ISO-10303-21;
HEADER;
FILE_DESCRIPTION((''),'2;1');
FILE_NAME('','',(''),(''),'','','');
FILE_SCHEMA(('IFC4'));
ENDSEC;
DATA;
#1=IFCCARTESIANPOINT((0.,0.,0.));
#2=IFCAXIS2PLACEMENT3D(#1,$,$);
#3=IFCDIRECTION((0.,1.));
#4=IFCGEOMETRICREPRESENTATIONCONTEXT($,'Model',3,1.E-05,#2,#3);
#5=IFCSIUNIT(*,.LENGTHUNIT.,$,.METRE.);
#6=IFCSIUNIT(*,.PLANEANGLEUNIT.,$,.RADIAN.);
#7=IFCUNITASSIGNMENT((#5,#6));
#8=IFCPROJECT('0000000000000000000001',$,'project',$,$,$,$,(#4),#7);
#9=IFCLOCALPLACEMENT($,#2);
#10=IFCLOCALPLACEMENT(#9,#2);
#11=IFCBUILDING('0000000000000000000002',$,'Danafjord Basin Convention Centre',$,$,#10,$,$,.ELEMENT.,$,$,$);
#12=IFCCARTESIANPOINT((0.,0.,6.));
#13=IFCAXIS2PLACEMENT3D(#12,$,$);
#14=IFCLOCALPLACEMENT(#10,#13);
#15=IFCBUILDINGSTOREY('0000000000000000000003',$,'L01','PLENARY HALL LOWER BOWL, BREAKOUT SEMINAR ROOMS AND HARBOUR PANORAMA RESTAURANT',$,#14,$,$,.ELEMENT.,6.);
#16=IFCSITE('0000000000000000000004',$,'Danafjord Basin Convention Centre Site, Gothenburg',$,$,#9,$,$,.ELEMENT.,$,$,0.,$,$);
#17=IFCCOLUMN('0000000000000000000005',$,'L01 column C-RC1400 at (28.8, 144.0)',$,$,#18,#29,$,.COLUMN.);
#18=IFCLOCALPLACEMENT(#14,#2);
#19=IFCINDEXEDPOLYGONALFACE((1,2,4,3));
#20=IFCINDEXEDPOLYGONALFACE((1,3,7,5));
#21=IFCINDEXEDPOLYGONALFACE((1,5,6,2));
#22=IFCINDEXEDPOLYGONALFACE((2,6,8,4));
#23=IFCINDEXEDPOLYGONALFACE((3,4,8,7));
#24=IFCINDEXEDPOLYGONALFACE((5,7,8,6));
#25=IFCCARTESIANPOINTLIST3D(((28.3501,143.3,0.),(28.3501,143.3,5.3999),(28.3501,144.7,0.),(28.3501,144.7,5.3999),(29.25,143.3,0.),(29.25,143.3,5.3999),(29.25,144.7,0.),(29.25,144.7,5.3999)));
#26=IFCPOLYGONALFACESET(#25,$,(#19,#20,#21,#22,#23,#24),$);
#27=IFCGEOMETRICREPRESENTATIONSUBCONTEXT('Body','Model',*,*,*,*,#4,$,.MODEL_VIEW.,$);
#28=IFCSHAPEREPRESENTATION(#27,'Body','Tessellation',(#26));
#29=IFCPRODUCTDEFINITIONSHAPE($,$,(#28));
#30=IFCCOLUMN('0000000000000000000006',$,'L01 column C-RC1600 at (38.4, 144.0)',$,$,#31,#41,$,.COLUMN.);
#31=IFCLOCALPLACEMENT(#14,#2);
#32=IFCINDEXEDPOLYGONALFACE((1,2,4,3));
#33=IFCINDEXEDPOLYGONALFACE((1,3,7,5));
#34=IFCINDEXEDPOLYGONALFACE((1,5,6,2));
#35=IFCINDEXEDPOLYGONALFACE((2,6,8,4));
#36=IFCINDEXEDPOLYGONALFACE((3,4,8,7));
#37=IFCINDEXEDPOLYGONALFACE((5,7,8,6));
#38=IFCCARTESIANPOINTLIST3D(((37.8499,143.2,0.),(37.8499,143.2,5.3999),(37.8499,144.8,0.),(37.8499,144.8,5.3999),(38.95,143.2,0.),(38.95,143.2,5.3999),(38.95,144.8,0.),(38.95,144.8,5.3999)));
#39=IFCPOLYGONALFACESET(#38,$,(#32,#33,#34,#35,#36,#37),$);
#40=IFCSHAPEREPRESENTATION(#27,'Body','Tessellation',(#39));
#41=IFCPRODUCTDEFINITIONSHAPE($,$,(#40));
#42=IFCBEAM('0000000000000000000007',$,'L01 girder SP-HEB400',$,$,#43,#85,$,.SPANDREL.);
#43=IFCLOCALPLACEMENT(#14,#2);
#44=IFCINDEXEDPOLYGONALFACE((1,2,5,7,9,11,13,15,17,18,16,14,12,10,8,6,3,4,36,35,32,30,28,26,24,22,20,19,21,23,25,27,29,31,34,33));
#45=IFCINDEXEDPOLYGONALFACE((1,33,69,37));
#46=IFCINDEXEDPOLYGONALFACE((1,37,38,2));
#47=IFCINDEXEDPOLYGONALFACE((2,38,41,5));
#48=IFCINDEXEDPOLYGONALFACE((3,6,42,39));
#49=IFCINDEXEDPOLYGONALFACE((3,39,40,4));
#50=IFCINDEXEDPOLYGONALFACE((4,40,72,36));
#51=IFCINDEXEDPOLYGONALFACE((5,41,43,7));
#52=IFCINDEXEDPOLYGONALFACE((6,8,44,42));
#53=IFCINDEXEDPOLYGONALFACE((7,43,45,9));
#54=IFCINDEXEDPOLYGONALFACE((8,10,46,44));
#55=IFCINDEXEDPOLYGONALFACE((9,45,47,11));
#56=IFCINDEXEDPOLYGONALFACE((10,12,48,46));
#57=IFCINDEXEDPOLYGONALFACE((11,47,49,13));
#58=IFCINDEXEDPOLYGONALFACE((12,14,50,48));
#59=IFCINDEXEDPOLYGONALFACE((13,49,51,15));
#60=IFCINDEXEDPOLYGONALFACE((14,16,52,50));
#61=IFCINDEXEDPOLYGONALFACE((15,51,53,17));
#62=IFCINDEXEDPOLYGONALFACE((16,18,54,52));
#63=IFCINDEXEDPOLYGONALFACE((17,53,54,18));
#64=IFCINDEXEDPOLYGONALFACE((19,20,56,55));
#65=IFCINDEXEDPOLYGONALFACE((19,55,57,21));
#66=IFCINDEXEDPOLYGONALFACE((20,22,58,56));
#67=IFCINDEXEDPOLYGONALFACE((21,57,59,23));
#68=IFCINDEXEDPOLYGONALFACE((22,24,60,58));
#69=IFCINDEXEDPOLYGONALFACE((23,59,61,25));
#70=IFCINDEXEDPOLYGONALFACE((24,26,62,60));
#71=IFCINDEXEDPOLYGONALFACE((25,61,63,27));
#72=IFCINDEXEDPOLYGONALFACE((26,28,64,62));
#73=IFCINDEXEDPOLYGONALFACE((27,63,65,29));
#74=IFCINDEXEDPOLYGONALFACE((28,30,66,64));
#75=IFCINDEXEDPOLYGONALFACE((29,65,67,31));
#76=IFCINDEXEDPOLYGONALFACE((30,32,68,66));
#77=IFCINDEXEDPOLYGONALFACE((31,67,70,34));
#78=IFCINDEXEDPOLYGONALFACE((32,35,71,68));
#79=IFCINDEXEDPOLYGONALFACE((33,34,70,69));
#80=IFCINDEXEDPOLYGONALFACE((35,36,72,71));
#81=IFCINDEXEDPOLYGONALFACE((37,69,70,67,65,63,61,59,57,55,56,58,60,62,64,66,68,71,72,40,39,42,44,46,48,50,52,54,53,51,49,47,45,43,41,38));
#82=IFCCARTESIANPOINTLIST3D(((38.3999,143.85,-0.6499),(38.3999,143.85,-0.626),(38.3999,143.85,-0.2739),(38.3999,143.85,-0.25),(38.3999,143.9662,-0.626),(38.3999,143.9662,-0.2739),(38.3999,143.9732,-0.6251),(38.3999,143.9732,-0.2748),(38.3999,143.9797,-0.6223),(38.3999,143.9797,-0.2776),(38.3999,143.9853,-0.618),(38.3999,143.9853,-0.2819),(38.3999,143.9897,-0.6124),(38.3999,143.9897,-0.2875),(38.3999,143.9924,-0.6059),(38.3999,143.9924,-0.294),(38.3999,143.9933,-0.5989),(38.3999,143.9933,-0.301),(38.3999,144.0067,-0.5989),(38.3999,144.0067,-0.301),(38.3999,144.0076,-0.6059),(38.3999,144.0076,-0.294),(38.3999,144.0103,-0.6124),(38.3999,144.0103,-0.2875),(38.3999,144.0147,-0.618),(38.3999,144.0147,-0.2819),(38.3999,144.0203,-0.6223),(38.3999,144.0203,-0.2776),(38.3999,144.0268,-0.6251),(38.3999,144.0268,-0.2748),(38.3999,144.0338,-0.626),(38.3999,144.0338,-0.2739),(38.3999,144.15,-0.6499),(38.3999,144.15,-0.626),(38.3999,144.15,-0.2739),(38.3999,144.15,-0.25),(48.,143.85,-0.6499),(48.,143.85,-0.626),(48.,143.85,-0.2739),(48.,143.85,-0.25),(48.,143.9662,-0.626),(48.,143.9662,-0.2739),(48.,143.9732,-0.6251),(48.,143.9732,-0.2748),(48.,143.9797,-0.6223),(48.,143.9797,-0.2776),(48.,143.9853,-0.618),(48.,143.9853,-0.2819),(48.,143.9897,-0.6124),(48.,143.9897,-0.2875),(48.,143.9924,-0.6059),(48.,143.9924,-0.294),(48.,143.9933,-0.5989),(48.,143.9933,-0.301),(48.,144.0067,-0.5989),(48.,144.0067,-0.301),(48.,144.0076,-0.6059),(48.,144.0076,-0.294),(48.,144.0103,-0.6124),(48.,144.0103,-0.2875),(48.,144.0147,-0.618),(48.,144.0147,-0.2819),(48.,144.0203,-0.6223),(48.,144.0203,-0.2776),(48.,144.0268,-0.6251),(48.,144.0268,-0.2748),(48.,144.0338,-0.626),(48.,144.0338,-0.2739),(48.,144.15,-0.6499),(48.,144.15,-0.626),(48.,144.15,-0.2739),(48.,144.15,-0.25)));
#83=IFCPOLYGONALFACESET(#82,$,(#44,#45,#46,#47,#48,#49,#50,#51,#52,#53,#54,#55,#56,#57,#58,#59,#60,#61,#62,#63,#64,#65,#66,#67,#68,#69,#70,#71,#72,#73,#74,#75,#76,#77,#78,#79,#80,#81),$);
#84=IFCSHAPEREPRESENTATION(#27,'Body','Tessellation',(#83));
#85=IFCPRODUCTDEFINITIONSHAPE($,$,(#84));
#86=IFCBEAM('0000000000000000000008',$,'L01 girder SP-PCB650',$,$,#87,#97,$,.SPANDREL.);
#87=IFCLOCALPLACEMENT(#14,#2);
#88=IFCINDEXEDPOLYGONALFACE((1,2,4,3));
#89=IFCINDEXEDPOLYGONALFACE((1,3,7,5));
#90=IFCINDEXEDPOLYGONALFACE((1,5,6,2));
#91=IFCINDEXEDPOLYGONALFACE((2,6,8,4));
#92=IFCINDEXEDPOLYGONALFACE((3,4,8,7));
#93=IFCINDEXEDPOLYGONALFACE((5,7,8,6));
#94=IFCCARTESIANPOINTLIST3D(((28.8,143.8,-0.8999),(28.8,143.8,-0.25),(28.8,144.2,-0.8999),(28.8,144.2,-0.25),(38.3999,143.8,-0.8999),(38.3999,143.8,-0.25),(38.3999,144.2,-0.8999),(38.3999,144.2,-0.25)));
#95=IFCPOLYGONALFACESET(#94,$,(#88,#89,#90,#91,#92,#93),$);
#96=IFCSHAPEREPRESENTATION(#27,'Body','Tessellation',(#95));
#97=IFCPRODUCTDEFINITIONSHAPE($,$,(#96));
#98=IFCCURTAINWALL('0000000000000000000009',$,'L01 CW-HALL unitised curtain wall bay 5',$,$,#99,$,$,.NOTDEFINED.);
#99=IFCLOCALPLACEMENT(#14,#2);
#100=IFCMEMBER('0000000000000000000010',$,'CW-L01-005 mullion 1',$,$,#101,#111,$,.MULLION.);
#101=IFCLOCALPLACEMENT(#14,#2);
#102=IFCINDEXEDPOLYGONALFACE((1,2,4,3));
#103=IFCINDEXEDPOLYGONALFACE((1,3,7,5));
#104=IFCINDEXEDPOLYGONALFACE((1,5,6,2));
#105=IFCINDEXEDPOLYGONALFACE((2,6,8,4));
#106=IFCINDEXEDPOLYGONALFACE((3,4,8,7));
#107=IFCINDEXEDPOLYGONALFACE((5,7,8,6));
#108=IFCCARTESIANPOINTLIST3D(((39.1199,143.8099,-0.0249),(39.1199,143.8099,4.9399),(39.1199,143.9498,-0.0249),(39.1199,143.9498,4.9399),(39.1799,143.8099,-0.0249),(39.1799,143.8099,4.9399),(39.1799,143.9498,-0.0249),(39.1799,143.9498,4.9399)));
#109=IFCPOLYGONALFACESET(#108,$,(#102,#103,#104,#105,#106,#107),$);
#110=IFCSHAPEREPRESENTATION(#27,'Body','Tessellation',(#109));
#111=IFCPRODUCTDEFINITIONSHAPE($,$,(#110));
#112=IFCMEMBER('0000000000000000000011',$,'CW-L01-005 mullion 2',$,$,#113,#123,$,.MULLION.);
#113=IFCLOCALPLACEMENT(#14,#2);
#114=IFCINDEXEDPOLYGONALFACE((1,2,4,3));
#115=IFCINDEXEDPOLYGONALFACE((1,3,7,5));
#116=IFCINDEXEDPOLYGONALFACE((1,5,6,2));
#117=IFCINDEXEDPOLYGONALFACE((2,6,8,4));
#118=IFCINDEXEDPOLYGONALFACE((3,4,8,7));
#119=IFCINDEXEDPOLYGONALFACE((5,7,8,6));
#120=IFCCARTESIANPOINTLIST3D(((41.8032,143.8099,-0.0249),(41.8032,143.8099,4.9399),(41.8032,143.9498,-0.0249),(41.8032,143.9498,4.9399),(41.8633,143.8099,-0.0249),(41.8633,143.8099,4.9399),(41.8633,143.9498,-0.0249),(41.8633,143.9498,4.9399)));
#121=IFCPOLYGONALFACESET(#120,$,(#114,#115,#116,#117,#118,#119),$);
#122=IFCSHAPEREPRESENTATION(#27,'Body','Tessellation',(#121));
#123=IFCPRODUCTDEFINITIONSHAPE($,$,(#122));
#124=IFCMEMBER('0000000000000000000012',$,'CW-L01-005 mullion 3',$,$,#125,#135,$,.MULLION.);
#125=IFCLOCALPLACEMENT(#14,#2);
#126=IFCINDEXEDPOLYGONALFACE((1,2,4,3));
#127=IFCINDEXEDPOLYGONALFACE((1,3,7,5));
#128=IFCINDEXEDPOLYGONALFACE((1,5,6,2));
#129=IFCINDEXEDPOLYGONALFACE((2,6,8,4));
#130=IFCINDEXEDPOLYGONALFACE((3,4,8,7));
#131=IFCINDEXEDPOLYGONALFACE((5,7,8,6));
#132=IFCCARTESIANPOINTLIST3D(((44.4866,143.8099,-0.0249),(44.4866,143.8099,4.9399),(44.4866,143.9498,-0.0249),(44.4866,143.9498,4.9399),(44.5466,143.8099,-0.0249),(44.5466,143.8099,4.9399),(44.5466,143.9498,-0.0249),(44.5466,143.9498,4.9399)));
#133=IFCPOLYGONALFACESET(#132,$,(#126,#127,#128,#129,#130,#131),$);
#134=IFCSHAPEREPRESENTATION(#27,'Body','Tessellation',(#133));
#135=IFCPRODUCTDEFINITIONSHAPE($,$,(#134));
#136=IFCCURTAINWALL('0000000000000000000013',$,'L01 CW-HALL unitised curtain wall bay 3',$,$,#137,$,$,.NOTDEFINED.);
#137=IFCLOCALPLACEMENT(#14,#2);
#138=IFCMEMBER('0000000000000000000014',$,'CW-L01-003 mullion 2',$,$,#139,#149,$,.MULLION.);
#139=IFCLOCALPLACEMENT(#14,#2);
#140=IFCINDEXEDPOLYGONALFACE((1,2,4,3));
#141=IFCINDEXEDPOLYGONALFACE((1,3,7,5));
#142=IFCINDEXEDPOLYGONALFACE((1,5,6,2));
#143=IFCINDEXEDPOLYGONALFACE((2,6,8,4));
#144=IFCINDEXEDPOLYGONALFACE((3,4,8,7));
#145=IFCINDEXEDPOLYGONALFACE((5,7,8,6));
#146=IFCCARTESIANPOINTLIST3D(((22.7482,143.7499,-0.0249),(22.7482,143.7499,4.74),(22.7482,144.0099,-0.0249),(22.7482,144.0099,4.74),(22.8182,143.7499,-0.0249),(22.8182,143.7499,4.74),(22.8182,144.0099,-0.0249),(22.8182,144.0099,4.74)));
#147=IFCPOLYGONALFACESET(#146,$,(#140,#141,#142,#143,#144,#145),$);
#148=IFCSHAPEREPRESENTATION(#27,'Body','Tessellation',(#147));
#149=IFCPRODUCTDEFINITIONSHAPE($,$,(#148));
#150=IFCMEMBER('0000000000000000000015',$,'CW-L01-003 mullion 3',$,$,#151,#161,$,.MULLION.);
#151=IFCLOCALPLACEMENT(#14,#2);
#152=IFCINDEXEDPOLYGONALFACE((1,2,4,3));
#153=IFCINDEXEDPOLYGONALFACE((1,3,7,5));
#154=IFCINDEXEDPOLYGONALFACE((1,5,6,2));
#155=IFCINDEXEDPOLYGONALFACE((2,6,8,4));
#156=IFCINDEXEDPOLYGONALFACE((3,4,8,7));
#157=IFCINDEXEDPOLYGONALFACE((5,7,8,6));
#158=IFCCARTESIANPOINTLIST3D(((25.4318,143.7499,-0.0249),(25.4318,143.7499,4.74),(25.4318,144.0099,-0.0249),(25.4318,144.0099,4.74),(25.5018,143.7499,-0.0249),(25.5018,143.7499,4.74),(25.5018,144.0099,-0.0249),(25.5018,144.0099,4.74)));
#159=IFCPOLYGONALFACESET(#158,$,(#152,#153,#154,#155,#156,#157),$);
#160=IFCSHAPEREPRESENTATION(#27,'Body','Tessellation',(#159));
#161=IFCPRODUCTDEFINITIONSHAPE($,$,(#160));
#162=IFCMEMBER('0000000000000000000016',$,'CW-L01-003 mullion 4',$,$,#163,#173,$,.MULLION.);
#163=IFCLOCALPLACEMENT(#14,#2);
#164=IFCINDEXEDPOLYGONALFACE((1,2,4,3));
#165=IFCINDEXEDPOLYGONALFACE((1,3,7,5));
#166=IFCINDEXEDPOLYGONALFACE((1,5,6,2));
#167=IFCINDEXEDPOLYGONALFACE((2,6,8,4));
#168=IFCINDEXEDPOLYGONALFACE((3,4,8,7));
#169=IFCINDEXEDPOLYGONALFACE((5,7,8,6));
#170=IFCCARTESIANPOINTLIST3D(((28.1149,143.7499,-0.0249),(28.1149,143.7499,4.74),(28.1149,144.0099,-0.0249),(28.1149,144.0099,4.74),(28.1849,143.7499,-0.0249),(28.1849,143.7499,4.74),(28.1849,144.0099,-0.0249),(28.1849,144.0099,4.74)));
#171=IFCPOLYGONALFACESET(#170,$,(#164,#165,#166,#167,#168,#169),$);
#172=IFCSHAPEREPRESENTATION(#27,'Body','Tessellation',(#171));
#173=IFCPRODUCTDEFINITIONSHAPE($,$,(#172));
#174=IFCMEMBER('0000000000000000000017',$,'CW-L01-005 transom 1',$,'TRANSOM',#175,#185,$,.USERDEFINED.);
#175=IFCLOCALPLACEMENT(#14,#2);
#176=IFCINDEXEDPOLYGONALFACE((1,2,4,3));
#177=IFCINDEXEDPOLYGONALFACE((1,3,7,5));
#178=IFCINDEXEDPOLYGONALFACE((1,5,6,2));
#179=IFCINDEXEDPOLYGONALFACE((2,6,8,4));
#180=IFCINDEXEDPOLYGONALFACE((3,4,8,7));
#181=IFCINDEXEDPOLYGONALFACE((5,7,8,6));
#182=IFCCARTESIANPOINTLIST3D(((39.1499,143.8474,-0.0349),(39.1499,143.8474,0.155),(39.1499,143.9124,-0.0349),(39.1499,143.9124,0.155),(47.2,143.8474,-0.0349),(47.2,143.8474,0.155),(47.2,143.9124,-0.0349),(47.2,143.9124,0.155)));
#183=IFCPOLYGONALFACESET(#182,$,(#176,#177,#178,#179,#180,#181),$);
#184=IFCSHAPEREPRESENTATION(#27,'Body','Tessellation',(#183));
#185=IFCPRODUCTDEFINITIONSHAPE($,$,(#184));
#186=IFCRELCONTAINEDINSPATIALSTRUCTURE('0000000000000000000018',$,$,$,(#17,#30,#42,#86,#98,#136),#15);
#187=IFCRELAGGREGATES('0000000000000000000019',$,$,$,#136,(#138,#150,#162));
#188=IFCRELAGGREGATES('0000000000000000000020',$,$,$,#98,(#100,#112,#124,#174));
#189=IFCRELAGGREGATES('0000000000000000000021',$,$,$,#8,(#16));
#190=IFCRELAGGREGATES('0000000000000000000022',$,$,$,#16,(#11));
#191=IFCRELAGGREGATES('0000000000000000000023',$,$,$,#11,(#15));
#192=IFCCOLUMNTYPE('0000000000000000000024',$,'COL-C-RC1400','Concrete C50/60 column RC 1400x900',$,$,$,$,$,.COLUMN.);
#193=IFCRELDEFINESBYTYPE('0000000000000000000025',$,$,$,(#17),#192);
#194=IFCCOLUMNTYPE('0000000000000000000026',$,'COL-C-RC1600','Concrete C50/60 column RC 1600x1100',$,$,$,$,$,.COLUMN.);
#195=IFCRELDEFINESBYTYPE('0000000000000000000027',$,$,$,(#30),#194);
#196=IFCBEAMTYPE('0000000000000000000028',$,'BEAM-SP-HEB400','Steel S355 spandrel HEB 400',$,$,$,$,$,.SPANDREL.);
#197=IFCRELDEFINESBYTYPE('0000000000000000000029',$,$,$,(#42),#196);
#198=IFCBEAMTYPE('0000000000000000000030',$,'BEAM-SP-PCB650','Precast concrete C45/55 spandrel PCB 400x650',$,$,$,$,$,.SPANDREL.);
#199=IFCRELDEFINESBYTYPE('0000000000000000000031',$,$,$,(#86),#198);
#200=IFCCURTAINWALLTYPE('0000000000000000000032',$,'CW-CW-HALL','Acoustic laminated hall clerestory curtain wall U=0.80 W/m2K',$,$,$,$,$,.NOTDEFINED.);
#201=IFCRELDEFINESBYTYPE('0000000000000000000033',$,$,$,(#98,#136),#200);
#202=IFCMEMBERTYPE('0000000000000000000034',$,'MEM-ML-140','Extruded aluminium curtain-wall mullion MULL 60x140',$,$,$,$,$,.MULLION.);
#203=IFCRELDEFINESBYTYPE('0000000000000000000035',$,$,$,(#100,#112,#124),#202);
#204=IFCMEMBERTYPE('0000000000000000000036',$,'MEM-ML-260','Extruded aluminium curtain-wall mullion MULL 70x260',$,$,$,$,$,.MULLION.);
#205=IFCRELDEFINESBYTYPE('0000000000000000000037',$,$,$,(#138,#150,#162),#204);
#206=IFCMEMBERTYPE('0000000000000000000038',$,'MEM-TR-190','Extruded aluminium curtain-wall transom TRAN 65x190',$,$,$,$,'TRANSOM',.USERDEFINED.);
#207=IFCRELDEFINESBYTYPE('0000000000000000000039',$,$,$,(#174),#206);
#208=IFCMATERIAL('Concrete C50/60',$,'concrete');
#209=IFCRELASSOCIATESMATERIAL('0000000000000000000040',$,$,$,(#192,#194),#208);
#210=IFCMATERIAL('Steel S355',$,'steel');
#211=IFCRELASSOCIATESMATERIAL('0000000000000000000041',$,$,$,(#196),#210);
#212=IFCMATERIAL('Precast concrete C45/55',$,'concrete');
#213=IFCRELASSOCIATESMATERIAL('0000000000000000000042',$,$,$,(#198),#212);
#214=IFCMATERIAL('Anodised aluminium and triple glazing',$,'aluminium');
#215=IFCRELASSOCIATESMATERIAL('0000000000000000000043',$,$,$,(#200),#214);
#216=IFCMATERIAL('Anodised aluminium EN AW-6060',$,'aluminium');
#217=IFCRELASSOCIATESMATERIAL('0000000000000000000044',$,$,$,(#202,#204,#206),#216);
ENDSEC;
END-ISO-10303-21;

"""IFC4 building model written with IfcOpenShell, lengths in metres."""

from ifc_helpers import new_model, si_unit, direction, frame, origin, origin_2d, place, context, subcontext, project, spatial, rectangle, i_section, extrude, material, material_profile, profile_set, type_object, element, aggregate, save


model = new_model("IFC4")

# Units and contexts
model_context = context("Model", 3, precision=1e-05, world=origin(), true_north=direction((0.0, 1.0)))
body_context = subcontext(model_context, "Body", "Model", "MODEL_VIEW")
ifc_project = project(units=[si_unit("LENGTHUNIT", "METRE"), si_unit("PLANEANGLEUNIT", "RADIAN")], contexts=[model_context])

# Site, building, storey
site_placement = place(None, origin())
site = spatial("IfcSite", under=ifc_project, at=site_placement, Name="Danafjord Basin Convention Centre Site, Gothenburg", CompositionType="ELEMENT", RefElevation=0.0)
building_placement = place(site_placement, origin())
building = spatial("IfcBuilding", under=site, at=building_placement, Name="Danafjord Basin Convention Centre", CompositionType="ELEMENT")
storey_placement = place(building_placement, frame((0.0, 0.0, 6.0)))
storey = spatial("IfcBuildingStorey", under=building, at=storey_placement, Name="L01", Description="PLENARY HALL LOWER BOWL, BREAKOUT SEMINAR ROOMS AND HARBOUR PANORAMA RESTAURANT", CompositionType="ELEMENT", Elevation=6.0)

# Columns
ifc_material_1 = material(Name="Concrete C50/60", Category="concrete")
ifc_material_profile_1 = material_profile(ifc_material_1, rectangle(XDim=0.8999, YDim=1.3999, at=origin_2d()), Name="RC 1400x900")
ifc_profile_set_1 = profile_set([ifc_material_profile_1], Name="Concrete C50/60")
column_type_1 = type_object("IfcColumnType", Name="COL-C-RC1400", Description="Concrete C50/60 column RC 1400x900", PredefinedType="COLUMN", material=ifc_profile_set_1)
column_1_placement = place(storey_placement, frame((28.8, 144.0, 0.0), z_axis=(0.0, 0.0, 1.0), x_axis=(1.0, 0.0, 0.0)))
element("IfcColumn", 1, at=column_1_placement, inside=storey, type_object=column_type_1, Name="L01 column C-RC1400 at (28.8, 144.0)", PredefinedType="COLUMN", context=body_context, shape_type="SweptSolid", body=[
    extrude(rectangle(XDim=0.8999, YDim=1.3999, at=origin_2d()), origin(), (0.0, 0.0, 1.0), 5.3999),
])
ifc_material_profile_2 = material_profile(ifc_material_1, rectangle(XDim=1.1001, YDim=1.6001, at=origin_2d()), Name="RC 1600x1100")
ifc_profile_set_2 = profile_set([ifc_material_profile_2], Name="Concrete C50/60")
column_type_2 = type_object("IfcColumnType", Name="COL-C-RC1600", Description="Concrete C50/60 column RC 1600x1100", PredefinedType="COLUMN", material=ifc_profile_set_2)
column_2_placement = place(storey_placement, frame((38.3999, 144.0, 0.0), z_axis=(0.0, 0.0, 1.0), x_axis=(1.0, 0.0, 0.0)))
element("IfcColumn", 2, at=column_2_placement, inside=storey, type_object=column_type_2, Name="L01 column C-RC1600 at (38.4, 144.0)", PredefinedType="COLUMN", context=body_context, shape_type="SweptSolid", body=[
    extrude(rectangle(XDim=1.1001, YDim=1.6001, at=origin_2d()), origin(), (0.0, 0.0, 1.0), 5.3999),
])

# Beams
ifc_material_2 = material(Name="Steel S355", Category="steel")
ifc_material_profile_3 = material_profile(ifc_material_2, i_section(OverallWidth=0.3, OverallDepth=0.3999, WebThickness=0.0134, FlangeThickness=0.0239, FilletRadius=0.0271, at=origin_2d()), Name="HEB 400")
ifc_profile_set_3 = profile_set([ifc_material_profile_3], Name="Steel S355")
beam_type_1 = type_object("IfcBeamType", Name="BEAM-SP-HEB400", Description="Steel S355 spandrel HEB 400", PredefinedType="SPANDREL", material=ifc_profile_set_3)
beam_1_placement = place(storey_placement, frame((38.3999, 144.0, -0.45), z_axis=(1.0, 0.0, 0.0), x_axis=(0.0, 1.0, 0.0)))
element("IfcBeam", 3, at=beam_1_placement, inside=storey, type_object=beam_type_1, Name="L01 girder SP-HEB400", PredefinedType="SPANDREL", context=body_context, shape_type="SweptSolid", body=[
    extrude(i_section(OverallWidth=0.3, OverallDepth=0.3999, WebThickness=0.0134, FlangeThickness=0.0239, FilletRadius=0.0271, at=origin_2d()), origin(), (0.0, 0.0, 1.0), 9.6001),
])
ifc_material_3 = material(Name="Precast concrete C45/55", Category="concrete")
ifc_material_profile_4 = material_profile(ifc_material_3, rectangle(XDim=0.3999, YDim=0.6499, at=origin_2d()), Name="PCB 400x650")
ifc_profile_set_4 = profile_set([ifc_material_profile_4], Name="Precast concrete C45/55")
beam_type_2 = type_object("IfcBeamType", Name="BEAM-SP-PCB650", Description="Precast concrete C45/55 spandrel PCB 400x650", PredefinedType="SPANDREL", material=ifc_profile_set_4)
beam_2_placement = place(storey_placement, frame((28.8, 144.0, -0.575), z_axis=(1.0, 0.0, 0.0), x_axis=(0.0, 1.0, 0.0)))
element("IfcBeam", 4, at=beam_2_placement, inside=storey, type_object=beam_type_2, Name="L01 girder SP-PCB650", PredefinedType="SPANDREL", context=body_context, shape_type="SweptSolid", body=[
    extrude(rectangle(XDim=0.3999, YDim=0.6499, at=origin_2d()), origin(), (0.0, 0.0, 1.0), 9.5999),
])

# Curtain walls, members
ifc_material_4 = material(Name="Anodised aluminium and triple glazing", Category="aluminium")
curtain_wall_type = type_object("IfcCurtainWallType", Name="CW-CW-HALL", Description="Acoustic laminated hall clerestory curtain wall U=0.80 W/m2K", PredefinedType="NOTDEFINED", material=ifc_material_4)
curtain_wall_1_placement = place(storey_placement, origin())
curtain_wall_1 = element("IfcCurtainWall", 5, at=curtain_wall_1_placement, inside=storey, type_object=curtain_wall_type, Name="L01 CW-HALL unitised curtain wall bay 5", PredefinedType="NOTDEFINED")
ifc_material_5 = material(Name="Anodised aluminium EN AW-6060", Category="aluminium")
ifc_material_profile_5 = material_profile(ifc_material_5, rectangle(XDim=0.0601, YDim=0.1399, at=origin_2d()), Name="MULL 60x140")
ifc_profile_set_5 = profile_set([ifc_material_profile_5], Name="Anodised aluminium EN AW-6060")
member_type_1 = type_object("IfcMemberType", Name="MEM-ML-140", Description="Extruded aluminium curtain-wall mullion MULL 60x140", PredefinedType="MULLION", material=ifc_profile_set_5)
member_1_placement = place(storey_placement, frame((39.1499, 143.8799, -0.0249), z_axis=(0.0, 0.0, 1.0), x_axis=(1.0, 0.0, 0.0)))
member_1 = element("IfcMember", 6, at=member_1_placement, type_object=member_type_1, Name="CW-L01-005 mullion 1", PredefinedType="MULLION", context=body_context, shape_type="SweptSolid", body=[
    extrude(rectangle(XDim=0.0601, YDim=0.1399, at=origin_2d()), origin(), (0.0, 0.0, 1.0), 4.9648),
])
member_2_placement = place(storey_placement, frame((41.8333, 143.8799, -0.0249), z_axis=(0.0, 0.0, 1.0), x_axis=(1.0, 0.0, 0.0)))
member_2 = element("IfcMember", 7, at=member_2_placement, type_object=member_type_1, Name="CW-L01-005 mullion 2", PredefinedType="MULLION", context=body_context, shape_type="SweptSolid", body=[
    extrude(rectangle(XDim=0.0601, YDim=0.1399, at=origin_2d()), origin(), (0.0, 0.0, 1.0), 4.9648),
])
member_3_placement = place(storey_placement, frame((44.5166, 143.8799, -0.0249), z_axis=(0.0, 0.0, 1.0), x_axis=(1.0, 0.0, 0.0)))
member_3 = element("IfcMember", 8, at=member_3_placement, type_object=member_type_1, Name="CW-L01-005 mullion 3", PredefinedType="MULLION", context=body_context, shape_type="SweptSolid", body=[
    extrude(rectangle(XDim=0.0601, YDim=0.1399, at=origin_2d()), origin(), (0.0, 0.0, 1.0), 4.9648),
])
curtain_wall_2_placement = place(storey_placement, origin())
curtain_wall_2 = element("IfcCurtainWall", 9, at=curtain_wall_2_placement, inside=storey, type_object=curtain_wall_type, Name="L01 CW-HALL unitised curtain wall bay 3", PredefinedType="NOTDEFINED")
ifc_material_profile_6 = material_profile(ifc_material_5, rectangle(XDim=0.0701, YDim=0.26, at=origin_2d()), Name="MULL 70x260")
ifc_profile_set_6 = profile_set([ifc_material_profile_6], Name="Anodised aluminium EN AW-6060")
member_type_2 = type_object("IfcMemberType", Name="MEM-ML-260", Description="Extruded aluminium curtain-wall mullion MULL 70x260", PredefinedType="MULLION", material=ifc_profile_set_6)
member_4_placement = place(storey_placement, frame((22.7832, 143.8799, -0.0249), z_axis=(0.0, 0.0, 1.0), x_axis=(1.0, 0.0, 0.0)))
member_4 = element("IfcMember", 10, at=member_4_placement, type_object=member_type_2, Name="CW-L01-003 mullion 2", PredefinedType="MULLION", context=body_context, shape_type="SweptSolid", body=[
    extrude(rectangle(XDim=0.0701, YDim=0.26, at=origin_2d()), origin(), (0.0, 0.0, 1.0), 4.7649),
])
member_5_placement = place(storey_placement, frame((25.4668, 143.8799, -0.0249), z_axis=(0.0, 0.0, 1.0), x_axis=(1.0, 0.0, 0.0)))
member_5 = element("IfcMember", 11, at=member_5_placement, type_object=member_type_2, Name="CW-L01-003 mullion 3", PredefinedType="MULLION", context=body_context, shape_type="SweptSolid", body=[
    extrude(rectangle(XDim=0.0701, YDim=0.26, at=origin_2d()), origin(), (0.0, 0.0, 1.0), 4.7649),
])
member_6_placement = place(storey_placement, frame((28.1499, 143.8799, -0.0249), z_axis=(0.0, 0.0, 1.0), x_axis=(1.0, 0.0, 0.0)))
member_6 = element("IfcMember", 12, at=member_6_placement, type_object=member_type_2, Name="CW-L01-003 mullion 4", PredefinedType="MULLION", context=body_context, shape_type="SweptSolid", body=[
    extrude(rectangle(XDim=0.0701, YDim=0.26, at=origin_2d()), origin(), (0.0, 0.0, 1.0), 4.7649),
])

# Member
ifc_material_profile_7 = material_profile(ifc_material_5, rectangle(XDim=0.0649, YDim=0.1899, at=origin_2d()), Name="TRAN 65x190")
ifc_profile_set_7 = profile_set([ifc_material_profile_7], Name="Anodised aluminium EN AW-6060")
member_type_3 = type_object("IfcMemberType", Name="MEM-TR-190", Description="Extruded aluminium curtain-wall transom TRAN 65x190", ElementType="TRANSOM", PredefinedType="USERDEFINED", material=ifc_profile_set_7)
member_7_placement = place(storey_placement, frame((39.1499, 143.8799, 0.0601), z_axis=(1.0, 0.0, 0.0), x_axis=(0.0, 1.0, 0.0)))
member_7 = element("IfcMember", 13, at=member_7_placement, type_object=member_type_3, Name="CW-L01-005 transom 1", ObjectType="TRANSOM", PredefinedType="USERDEFINED", context=body_context, shape_type="SweptSolid", body=[
    extrude(rectangle(XDim=0.0649, YDim=0.1899, at=origin_2d()), origin(), (0.0, 0.0, 1.0), 8.05),
])

aggregate(curtain_wall_2, [member_4, member_5, member_6])
aggregate(curtain_wall_1, [member_1, member_2, member_3, member_7])

save(model, "model.ifc")
